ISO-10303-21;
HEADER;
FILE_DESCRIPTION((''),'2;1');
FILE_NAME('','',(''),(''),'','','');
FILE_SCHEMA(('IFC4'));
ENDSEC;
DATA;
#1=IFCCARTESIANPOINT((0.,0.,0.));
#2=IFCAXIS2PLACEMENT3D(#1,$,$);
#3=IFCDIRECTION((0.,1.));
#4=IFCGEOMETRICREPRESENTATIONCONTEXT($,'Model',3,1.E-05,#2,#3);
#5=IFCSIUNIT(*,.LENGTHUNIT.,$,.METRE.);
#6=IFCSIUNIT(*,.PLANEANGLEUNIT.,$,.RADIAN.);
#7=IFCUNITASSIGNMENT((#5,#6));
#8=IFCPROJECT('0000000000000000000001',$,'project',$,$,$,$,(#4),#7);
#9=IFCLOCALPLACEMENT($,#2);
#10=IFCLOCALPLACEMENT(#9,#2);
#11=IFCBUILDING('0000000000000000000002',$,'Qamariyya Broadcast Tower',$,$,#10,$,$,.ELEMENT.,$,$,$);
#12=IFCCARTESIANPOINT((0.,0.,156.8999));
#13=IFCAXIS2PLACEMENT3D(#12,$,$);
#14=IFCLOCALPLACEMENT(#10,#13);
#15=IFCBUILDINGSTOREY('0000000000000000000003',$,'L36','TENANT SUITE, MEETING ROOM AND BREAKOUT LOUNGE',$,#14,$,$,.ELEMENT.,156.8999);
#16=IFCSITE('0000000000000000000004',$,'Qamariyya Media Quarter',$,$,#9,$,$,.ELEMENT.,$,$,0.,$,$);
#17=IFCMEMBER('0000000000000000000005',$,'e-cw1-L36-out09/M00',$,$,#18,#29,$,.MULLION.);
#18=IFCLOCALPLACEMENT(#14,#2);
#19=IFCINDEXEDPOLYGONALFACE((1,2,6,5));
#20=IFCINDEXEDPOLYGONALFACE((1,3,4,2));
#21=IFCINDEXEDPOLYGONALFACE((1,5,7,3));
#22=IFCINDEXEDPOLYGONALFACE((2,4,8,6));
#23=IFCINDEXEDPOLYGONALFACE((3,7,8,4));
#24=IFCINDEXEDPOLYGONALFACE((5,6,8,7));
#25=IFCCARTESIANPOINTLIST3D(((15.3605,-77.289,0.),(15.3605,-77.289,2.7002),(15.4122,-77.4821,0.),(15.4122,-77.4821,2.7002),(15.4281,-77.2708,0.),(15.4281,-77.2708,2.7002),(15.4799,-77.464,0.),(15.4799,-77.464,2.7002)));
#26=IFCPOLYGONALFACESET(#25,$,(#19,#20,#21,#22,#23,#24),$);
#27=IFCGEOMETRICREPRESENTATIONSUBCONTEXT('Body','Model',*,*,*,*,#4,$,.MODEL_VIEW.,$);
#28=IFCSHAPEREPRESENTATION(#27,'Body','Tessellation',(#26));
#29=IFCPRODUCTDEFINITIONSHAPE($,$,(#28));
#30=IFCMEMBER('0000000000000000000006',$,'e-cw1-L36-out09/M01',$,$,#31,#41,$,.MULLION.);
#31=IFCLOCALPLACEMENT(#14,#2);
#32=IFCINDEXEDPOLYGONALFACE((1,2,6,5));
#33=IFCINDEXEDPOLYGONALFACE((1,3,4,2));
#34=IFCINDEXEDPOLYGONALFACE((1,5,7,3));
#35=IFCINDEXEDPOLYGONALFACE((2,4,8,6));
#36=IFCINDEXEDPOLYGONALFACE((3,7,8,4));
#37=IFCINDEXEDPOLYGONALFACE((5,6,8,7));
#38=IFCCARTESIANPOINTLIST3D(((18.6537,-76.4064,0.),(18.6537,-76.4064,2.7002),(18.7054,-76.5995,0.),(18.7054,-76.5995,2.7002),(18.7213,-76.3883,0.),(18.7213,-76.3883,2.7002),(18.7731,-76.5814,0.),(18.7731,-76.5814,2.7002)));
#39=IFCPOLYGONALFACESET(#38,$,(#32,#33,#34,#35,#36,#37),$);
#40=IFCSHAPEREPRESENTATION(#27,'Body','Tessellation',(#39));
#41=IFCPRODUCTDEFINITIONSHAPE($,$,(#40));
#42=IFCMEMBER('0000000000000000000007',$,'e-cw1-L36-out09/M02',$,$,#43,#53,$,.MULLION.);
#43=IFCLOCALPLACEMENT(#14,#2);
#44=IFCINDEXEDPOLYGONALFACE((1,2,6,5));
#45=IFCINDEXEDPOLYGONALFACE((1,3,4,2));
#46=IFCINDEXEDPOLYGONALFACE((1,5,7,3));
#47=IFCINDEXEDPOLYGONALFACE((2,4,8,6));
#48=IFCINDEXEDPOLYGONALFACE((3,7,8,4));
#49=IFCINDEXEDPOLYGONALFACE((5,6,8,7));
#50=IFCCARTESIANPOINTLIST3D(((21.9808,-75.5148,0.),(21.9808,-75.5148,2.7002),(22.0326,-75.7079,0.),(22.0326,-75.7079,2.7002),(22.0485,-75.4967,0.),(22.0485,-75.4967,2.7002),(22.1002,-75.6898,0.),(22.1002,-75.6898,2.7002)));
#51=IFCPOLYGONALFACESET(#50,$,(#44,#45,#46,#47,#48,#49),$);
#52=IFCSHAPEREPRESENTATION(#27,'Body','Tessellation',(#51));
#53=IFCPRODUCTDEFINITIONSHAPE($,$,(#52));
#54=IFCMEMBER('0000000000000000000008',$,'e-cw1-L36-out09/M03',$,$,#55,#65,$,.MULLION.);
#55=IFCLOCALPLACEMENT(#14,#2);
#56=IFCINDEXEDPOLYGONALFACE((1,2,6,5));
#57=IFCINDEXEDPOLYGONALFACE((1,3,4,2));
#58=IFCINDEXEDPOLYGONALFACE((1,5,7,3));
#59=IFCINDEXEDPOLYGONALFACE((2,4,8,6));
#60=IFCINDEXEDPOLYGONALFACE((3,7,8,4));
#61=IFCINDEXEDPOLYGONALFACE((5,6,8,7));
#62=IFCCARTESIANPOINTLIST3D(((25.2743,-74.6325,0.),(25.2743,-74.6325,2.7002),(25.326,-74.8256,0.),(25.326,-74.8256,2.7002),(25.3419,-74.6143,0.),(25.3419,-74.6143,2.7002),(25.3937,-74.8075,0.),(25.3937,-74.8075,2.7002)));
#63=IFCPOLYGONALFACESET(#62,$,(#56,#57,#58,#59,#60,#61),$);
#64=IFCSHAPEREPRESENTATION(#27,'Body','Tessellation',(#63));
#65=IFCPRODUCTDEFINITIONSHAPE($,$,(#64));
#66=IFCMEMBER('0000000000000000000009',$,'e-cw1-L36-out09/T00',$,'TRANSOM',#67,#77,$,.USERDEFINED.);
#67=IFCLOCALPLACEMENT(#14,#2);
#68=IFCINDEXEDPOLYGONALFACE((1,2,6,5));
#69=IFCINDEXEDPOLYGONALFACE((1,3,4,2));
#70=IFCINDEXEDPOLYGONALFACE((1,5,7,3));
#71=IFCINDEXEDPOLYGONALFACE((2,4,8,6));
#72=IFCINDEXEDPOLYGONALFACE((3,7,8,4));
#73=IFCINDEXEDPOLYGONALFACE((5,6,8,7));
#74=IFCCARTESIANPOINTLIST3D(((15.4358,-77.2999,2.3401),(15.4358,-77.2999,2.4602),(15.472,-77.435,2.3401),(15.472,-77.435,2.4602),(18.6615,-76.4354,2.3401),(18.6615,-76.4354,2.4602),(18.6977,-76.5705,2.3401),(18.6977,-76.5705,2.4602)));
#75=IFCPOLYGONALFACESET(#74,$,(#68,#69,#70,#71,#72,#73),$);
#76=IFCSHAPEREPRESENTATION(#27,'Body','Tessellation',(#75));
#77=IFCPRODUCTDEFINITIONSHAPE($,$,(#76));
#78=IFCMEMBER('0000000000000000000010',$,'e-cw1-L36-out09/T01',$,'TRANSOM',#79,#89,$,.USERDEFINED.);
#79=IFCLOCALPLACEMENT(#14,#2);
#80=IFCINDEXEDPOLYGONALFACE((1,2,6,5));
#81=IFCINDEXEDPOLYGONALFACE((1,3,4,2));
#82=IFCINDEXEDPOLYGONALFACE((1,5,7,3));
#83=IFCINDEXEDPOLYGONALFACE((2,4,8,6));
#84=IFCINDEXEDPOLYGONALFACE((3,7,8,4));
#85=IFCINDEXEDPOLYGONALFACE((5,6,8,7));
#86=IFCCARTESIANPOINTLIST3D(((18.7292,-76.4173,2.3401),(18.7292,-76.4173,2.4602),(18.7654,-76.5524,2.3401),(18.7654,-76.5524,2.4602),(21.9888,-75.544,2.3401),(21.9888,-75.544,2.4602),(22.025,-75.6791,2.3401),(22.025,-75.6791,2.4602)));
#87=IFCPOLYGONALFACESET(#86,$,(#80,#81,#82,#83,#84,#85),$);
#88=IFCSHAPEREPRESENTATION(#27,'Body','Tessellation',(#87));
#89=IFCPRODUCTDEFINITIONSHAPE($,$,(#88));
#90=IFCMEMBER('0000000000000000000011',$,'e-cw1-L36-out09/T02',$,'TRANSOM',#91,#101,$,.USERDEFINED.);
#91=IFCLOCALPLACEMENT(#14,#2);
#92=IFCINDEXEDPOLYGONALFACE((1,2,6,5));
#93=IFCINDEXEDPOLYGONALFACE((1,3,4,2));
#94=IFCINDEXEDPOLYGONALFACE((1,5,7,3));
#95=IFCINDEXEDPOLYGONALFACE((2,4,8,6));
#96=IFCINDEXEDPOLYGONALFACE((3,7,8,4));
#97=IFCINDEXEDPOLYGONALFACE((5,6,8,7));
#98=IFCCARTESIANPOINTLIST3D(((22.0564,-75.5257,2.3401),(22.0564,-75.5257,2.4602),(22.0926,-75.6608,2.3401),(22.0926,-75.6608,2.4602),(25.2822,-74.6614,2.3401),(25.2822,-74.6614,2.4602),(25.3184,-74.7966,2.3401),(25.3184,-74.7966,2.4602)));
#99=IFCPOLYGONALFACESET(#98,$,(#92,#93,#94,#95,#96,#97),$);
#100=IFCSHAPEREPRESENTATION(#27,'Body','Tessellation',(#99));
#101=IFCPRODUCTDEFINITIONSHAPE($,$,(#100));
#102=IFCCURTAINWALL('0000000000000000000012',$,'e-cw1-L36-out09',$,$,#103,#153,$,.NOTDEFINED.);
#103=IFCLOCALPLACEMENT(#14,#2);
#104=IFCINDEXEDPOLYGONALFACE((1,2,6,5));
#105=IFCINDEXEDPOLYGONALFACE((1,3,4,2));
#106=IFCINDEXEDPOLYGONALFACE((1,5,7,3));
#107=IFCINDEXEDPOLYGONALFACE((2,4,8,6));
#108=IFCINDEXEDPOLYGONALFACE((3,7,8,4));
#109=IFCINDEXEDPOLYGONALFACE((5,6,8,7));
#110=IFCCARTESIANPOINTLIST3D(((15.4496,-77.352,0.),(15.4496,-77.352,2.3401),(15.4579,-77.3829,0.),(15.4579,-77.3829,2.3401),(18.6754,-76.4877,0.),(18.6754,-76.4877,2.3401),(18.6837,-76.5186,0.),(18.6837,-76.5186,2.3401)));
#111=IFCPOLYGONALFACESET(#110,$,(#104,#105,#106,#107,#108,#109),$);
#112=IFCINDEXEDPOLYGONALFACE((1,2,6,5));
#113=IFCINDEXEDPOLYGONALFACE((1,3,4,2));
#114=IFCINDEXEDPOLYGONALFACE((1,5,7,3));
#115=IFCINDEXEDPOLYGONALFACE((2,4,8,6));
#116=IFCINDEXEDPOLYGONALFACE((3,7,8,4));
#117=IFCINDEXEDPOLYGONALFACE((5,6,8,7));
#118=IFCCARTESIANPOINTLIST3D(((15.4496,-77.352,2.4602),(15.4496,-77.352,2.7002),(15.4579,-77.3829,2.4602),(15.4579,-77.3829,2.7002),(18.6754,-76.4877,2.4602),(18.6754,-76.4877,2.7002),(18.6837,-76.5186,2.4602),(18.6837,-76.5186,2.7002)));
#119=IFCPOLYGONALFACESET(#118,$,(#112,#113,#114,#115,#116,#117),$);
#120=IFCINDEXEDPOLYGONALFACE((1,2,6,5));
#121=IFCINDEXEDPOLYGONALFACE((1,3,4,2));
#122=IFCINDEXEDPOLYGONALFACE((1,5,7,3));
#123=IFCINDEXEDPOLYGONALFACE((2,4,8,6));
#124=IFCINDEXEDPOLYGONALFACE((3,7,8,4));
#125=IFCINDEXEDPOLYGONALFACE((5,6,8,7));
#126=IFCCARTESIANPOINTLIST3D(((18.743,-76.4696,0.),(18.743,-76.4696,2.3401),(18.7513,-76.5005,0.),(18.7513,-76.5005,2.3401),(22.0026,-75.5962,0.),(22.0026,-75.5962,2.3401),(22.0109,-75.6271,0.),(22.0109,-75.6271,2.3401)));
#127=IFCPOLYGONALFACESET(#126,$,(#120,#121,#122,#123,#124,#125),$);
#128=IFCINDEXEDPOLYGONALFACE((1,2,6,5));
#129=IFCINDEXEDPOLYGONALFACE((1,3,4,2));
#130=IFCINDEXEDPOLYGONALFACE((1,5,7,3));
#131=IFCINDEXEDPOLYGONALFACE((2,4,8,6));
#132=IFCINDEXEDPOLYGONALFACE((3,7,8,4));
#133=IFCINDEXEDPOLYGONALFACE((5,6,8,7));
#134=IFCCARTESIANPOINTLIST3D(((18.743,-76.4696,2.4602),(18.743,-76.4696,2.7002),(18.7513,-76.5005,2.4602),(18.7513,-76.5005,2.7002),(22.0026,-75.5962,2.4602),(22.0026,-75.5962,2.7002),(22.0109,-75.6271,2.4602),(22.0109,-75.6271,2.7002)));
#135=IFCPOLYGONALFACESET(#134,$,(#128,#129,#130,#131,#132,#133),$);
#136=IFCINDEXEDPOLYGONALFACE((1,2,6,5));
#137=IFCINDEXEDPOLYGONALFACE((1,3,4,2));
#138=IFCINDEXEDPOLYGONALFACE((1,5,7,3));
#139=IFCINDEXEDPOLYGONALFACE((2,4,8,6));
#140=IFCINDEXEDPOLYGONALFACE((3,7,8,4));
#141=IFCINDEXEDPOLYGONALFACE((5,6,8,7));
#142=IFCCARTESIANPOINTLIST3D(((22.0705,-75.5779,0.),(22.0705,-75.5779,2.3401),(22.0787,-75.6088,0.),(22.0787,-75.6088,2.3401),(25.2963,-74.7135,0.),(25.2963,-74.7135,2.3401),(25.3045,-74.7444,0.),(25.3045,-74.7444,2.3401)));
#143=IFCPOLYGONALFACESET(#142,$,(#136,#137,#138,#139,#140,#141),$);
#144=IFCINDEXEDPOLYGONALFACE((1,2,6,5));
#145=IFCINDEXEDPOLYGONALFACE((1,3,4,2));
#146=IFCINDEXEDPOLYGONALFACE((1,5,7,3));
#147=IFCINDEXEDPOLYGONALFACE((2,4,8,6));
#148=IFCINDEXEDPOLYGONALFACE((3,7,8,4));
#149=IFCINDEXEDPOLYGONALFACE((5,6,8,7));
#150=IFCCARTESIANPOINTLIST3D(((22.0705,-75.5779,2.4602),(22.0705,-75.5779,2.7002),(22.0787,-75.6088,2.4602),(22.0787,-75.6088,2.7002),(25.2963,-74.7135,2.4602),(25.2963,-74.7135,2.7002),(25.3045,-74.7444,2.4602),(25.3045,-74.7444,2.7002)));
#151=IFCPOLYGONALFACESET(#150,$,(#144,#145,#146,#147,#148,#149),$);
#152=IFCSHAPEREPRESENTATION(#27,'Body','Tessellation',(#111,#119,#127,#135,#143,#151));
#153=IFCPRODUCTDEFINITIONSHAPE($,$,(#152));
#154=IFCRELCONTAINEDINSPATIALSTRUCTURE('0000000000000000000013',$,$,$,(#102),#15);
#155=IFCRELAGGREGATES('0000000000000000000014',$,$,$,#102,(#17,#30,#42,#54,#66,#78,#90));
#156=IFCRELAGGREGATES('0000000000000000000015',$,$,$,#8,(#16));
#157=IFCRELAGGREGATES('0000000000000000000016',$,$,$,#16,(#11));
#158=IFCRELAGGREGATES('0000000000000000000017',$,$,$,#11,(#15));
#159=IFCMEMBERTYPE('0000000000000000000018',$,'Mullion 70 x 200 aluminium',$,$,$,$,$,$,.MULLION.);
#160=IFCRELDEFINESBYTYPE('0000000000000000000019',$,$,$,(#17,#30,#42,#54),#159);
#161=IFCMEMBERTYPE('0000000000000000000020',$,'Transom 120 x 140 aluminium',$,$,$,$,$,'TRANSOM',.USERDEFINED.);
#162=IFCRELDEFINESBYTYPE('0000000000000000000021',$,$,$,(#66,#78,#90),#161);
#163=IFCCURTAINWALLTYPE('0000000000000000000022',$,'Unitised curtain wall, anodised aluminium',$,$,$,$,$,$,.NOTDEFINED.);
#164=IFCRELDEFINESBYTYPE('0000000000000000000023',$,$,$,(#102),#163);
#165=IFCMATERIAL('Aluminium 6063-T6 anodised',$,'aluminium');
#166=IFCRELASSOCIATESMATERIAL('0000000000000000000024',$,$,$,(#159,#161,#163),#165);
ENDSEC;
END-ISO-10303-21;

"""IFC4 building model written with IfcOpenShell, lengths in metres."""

from ifc_helpers import new_model, si_unit, direction, frame, origin, origin_2d, place, context, subcontext, project, spatial, rectangle, extrude, material, material_profile, profile_set, type_object, element, aggregate, save


model = new_model("IFC4")

# Units and contexts
model_context = context("Model", 3, precision=1e-05, world=origin(), true_north=direction((0.0, 1.0)))
body_context = subcontext(model_context, "Body", "Model", "MODEL_VIEW")
ifc_project = project(units=[si_unit("LENGTHUNIT", "METRE"), si_unit("PLANEANGLEUNIT", "RADIAN")], contexts=[model_context])

# Members
ifc_material = material(Name="Aluminium 6063-T6 anodised", Category="aluminium")
ifc_material_profile_1 = material_profile(ifc_material, rectangle(XDim=0.2, YDim=0.0701, at=origin_2d()))
ifc_profile_set_1 = profile_set([ifc_material_profile_1], Name="Aluminium 6063-T6 anodised")
member_type_1 = type_object("IfcMemberType", Name="Mullion 70 x 200 aluminium", PredefinedType="MULLION", material=ifc_profile_set_1)
site_placement = place(None, origin())
building_placement = place(site_placement, origin())
storey_placement = place(building_placement, frame((0.0, 0.0, 156.8999)))
member_1_placement = place(storey_placement, frame((15.4202, -77.3765, 0.0), z_axis=(0.0, 0.0, 1.0), x_axis=(-0.258819, 0.965926, 0.0)))
member_1 = element("IfcMember", 1, at=member_1_placement, type_object=member_type_1, Name="e-cw1-L36-out09/M00", PredefinedType="MULLION", context=body_context, shape_type="SweptSolid", body=[
    extrude(rectangle(XDim=0.2, YDim=0.0701, at=origin_2d()), origin(), (0.0, 0.0, 1.0), 2.7002),
])
member_2_placement = place(storey_placement, frame((18.7134, -76.4939, 0.0), z_axis=(0.0, 0.0, 1.0), x_axis=(-0.258819, 0.965926, 0.0)))
member_2 = element("IfcMember", 2, at=member_2_placement, type_object=member_type_1, Name="e-cw1-L36-out09/M01", PredefinedType="MULLION", context=body_context, shape_type="SweptSolid", body=[
    extrude(rectangle(XDim=0.2, YDim=0.0701, at=origin_2d()), origin(), (0.0, 0.0, 1.0), 2.7002),
])
member_3_placement = place(storey_placement, frame((22.0405, -75.6023, 0.0), z_axis=(0.0, 0.0, 1.0), x_axis=(-0.258819, 0.965926, 0.0)))
member_3 = element("IfcMember", 3, at=member_3_placement, type_object=member_type_1, Name="e-cw1-L36-out09/M02", PredefinedType="MULLION", context=body_context, shape_type="SweptSolid", body=[
    extrude(rectangle(XDim=0.2, YDim=0.0701, at=origin_2d()), origin(), (0.0, 0.0, 1.0), 2.7002),
])
member_4_placement = place(storey_placement, frame((25.334, -74.72, 0.0), z_axis=(0.0, 0.0, 1.0), x_axis=(-0.258819, 0.965926, 0.0)))
member_4 = element("IfcMember", 4, at=member_4_placement, type_object=member_type_1, Name="e-cw1-L36-out09/M03", PredefinedType="MULLION", context=body_context, shape_type="SweptSolid", body=[
    extrude(rectangle(XDim=0.2, YDim=0.0701, at=origin_2d()), origin(), (0.0, 0.0, 1.0), 2.7002),
])
ifc_material_profile_2 = material_profile(ifc_material, rectangle(XDim=0.1399, YDim=0.1201, at=origin_2d()))
ifc_profile_set_2 = profile_set([ifc_material_profile_2], Name="Aluminium 6063-T6 anodised")
member_type_2 = type_object("IfcMemberType", Name="Transom 120 x 140 aluminium", ElementType="TRANSOM", PredefinedType="USERDEFINED", material=ifc_profile_set_2)
member_5_placement = place(storey_placement, frame((15.4539, -77.3674, 2.4001), z_axis=(0.965915, 0.258859, 0.0), x_axis=(-0.258859, 0.965915, 0.0)))
member_5 = element("IfcMember", 5, at=member_5_placement, type_object=member_type_2, Name="e-cw1-L36-out09/T00", ObjectType="TRANSOM", PredefinedType="USERDEFINED", context=body_context, shape_type="SweptSolid", body=[
    extrude(rectangle(XDim=0.1399, YDim=0.1201, at=origin_2d()), origin(), (0.0, 0.0, 1.0), 3.3396),
])
member_6_placement = place(storey_placement, frame((18.7473, -76.4849, 2.4001), z_axis=(0.965933, 0.258793, 0.0), x_axis=(-0.258793, 0.965933, 0.0)))
member_6 = element("IfcMember", 6, at=member_6_placement, type_object=member_type_2, Name="e-cw1-L36-out09/T01", ObjectType="TRANSOM", PredefinedType="USERDEFINED", context=body_context, shape_type="SweptSolid", body=[
    extrude(rectangle(XDim=0.1399, YDim=0.1201, at=origin_2d()), origin(), (0.0, 0.0, 1.0), 3.3745),
])
member_7_placement = place(storey_placement, frame((22.0745, -75.5933, 2.4001), z_axis=(0.965933, 0.258791, 0.0), x_axis=(-0.258791, 0.965933, 0.0)))
member_7 = element("IfcMember", 7, at=member_7_placement, type_object=member_type_2, Name="e-cw1-L36-out09/T02", ObjectType="TRANSOM", PredefinedType="USERDEFINED", context=body_context, shape_type="SweptSolid", body=[
    extrude(rectangle(XDim=0.1399, YDim=0.1201, at=origin_2d()), origin(), (0.0, 0.0, 1.0), 3.3396),
])

# Site, building, storey
site = spatial("IfcSite", under=ifc_project, at=site_placement, Name="Qamariyya Media Quarter", CompositionType="ELEMENT", RefElevation=0.0)
building = spatial("IfcBuilding", under=site, at=building_placement, Name="Qamariyya Broadcast Tower", CompositionType="ELEMENT")
storey = spatial("IfcBuildingStorey", under=building, at=storey_placement, Name="L36", Description="TENANT SUITE, MEETING ROOM AND BREAKOUT LOUNGE", CompositionType="ELEMENT", Elevation=156.8999)

# Curtain wall
curtain_wall_type = type_object("IfcCurtainWallType", Name="Unitised curtain wall, anodised aluminium", PredefinedType="NOTDEFINED", material=ifc_material)
curtain_wall_1_placement = place(storey_placement, origin())
curtain_wall_1 = element("IfcCurtainWall", 8, at=curtain_wall_1_placement, inside=storey, type_object=curtain_wall_type, Name="e-cw1-L36-out09", PredefinedType="NOTDEFINED", context=body_context, shape_type="SweptSolid", body=[
    extrude(rectangle(XDim=3.3396, YDim=0.032, at=origin_2d()), frame((17.0667, -76.9353, 0.0), x_axis=(0.965926, 0.258817, 0.0)), (0.0, 0.0, 1.0), 2.3401),
    extrude(rectangle(XDim=3.3396, YDim=0.032, at=origin_2d()), frame((17.0667, -76.9353, 2.4602), x_axis=(0.965926, 0.258817, 0.0)), (0.0, 0.0, 1.0), 0.24),
    extrude(rectangle(XDim=3.3745, YDim=0.032, at=origin_2d()), frame((20.377, -76.0483, 0.0), x_axis=(0.965926, 0.258817, 0.0)), (0.0, 0.0, 1.0), 2.3401),
    extrude(rectangle(XDim=3.3745, YDim=0.032, at=origin_2d()), frame((20.377, -76.0483, 2.4602), x_axis=(0.965926, 0.258817, 0.0)), (0.0, 0.0, 1.0), 0.24),
    extrude(rectangle(XDim=3.3396, YDim=0.032, at=origin_2d()), frame((23.6875, -75.1611, 0.0), x_axis=(0.965926, 0.258817, 0.0)), (0.0, 0.0, 1.0), 2.3401),
    extrude(rectangle(XDim=3.3396, YDim=0.032, at=origin_2d()), frame((23.6875, -75.1611, 2.4602), x_axis=(0.965926, 0.258817, 0.0)), (0.0, 0.0, 1.0), 0.24),
])
aggregate(curtain_wall_1, [member_1, member_2, member_3, member_4, member_5, member_6, member_7])

save(model, "model.ifc")
